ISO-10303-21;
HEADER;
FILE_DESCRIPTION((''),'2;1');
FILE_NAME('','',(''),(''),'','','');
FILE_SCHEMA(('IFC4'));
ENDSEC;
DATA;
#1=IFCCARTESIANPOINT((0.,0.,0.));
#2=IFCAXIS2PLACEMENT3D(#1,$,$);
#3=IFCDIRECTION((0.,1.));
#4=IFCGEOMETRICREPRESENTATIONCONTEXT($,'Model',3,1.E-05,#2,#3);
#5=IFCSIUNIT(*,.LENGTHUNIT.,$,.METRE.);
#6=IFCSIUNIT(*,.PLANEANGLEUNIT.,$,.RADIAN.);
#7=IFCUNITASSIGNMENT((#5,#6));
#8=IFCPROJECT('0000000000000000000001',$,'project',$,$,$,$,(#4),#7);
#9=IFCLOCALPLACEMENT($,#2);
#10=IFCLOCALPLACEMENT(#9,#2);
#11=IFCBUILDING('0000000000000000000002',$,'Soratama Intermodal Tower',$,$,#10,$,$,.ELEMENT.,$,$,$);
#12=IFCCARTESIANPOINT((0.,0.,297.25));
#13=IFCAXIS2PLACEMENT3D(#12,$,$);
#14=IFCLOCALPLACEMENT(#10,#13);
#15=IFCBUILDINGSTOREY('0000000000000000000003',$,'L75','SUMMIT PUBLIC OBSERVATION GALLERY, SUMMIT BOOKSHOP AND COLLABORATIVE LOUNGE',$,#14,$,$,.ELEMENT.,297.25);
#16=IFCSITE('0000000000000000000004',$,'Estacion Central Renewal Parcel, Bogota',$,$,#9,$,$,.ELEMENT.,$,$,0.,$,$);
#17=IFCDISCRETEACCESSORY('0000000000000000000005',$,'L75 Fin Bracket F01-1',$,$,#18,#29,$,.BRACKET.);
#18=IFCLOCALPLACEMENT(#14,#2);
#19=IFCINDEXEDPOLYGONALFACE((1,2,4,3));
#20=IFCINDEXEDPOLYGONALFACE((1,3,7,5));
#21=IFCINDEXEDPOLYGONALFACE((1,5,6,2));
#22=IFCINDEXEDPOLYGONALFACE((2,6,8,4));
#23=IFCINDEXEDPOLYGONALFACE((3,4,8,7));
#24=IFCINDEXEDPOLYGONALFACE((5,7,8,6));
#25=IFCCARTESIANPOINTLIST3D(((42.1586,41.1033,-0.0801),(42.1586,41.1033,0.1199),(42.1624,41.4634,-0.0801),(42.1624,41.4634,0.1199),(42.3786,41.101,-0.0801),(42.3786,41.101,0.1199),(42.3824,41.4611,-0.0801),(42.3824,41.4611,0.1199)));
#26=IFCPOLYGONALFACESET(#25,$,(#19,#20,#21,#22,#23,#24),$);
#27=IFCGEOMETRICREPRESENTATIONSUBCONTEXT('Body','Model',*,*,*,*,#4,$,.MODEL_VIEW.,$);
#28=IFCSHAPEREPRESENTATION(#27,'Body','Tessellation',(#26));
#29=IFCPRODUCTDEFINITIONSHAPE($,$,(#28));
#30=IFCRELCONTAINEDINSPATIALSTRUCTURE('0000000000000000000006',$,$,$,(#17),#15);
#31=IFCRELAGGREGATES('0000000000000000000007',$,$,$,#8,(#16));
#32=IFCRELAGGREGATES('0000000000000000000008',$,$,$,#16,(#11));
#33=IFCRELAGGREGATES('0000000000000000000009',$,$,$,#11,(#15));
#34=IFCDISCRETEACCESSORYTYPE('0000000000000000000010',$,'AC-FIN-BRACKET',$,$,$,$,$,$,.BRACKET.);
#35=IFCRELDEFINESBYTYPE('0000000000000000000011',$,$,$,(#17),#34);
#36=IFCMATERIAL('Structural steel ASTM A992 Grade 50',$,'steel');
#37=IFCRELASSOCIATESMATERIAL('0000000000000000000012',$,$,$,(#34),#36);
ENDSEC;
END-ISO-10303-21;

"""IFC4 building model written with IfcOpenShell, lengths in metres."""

from ifc_helpers import new_model, si_unit, direction, frame, origin, origin_2d, place, context, subcontext, project, spatial, rectangle, extrude, material, type_object, element, save


model = new_model("IFC4")

# Units and contexts
model_context = context("Model", 3, precision=1e-05, world=origin(), true_north=direction((0.0, 1.0)))
body_context = subcontext(model_context, "Body", "Model", "MODEL_VIEW")
ifc_project = project(units=[si_unit("LENGTHUNIT", "METRE"), si_unit("PLANEANGLEUNIT", "RADIAN")], contexts=[model_context])

# Site, building, storey
site_placement = place(None, origin())
site = spatial("IfcSite", under=ifc_project, at=site_placement, Name="Estacion Central Renewal Parcel, Bogota", CompositionType="ELEMENT", RefElevation=0.0)
building_placement = place(site_placement, origin())
building = spatial("IfcBuilding", under=site, at=building_placement, Name="Soratama Intermodal Tower", CompositionType="ELEMENT")
storey_placement = place(building_placement, frame((0.0, 0.0, 297.25)))
storey = spatial("IfcBuildingStorey", under=building, at=storey_placement, Name="L75", Description="SUMMIT PUBLIC OBSERVATION GALLERY, SUMMIT BOOKSHOP AND COLLABORATIVE LOUNGE", CompositionType="ELEMENT", Elevation=297.25)

# Discrete accessory
ifc_material_1 = material(Name="Structural steel ASTM A992 Grade 50", Category="steel")
discrete_accessory_type = type_object("IfcDiscreteAccessoryType", Name="AC-FIN-BRACKET", PredefinedType="BRACKET", material=ifc_material_1)
discrete_accessory_placement = place(storey_placement, frame((42.2705, 41.2822, -0.0801), z_axis=(0.0, 0.0, 1.0), x_axis=(0.010472, 0.999945, 0.0)))
element("IfcDiscreteAccessory", 1, at=discrete_accessory_placement, inside=storey, type_object=discrete_accessory_type, Name="L75 Fin Bracket F01-1", PredefinedType="BRACKET", context=body_context, shape_type="SweptSolid", body=[
    extrude(rectangle(XDim=0.3601, YDim=0.22, at=origin_2d()), origin(), (0.0, 0.0, 1.0), 0.2),
])

save(model, "model.ifc")
